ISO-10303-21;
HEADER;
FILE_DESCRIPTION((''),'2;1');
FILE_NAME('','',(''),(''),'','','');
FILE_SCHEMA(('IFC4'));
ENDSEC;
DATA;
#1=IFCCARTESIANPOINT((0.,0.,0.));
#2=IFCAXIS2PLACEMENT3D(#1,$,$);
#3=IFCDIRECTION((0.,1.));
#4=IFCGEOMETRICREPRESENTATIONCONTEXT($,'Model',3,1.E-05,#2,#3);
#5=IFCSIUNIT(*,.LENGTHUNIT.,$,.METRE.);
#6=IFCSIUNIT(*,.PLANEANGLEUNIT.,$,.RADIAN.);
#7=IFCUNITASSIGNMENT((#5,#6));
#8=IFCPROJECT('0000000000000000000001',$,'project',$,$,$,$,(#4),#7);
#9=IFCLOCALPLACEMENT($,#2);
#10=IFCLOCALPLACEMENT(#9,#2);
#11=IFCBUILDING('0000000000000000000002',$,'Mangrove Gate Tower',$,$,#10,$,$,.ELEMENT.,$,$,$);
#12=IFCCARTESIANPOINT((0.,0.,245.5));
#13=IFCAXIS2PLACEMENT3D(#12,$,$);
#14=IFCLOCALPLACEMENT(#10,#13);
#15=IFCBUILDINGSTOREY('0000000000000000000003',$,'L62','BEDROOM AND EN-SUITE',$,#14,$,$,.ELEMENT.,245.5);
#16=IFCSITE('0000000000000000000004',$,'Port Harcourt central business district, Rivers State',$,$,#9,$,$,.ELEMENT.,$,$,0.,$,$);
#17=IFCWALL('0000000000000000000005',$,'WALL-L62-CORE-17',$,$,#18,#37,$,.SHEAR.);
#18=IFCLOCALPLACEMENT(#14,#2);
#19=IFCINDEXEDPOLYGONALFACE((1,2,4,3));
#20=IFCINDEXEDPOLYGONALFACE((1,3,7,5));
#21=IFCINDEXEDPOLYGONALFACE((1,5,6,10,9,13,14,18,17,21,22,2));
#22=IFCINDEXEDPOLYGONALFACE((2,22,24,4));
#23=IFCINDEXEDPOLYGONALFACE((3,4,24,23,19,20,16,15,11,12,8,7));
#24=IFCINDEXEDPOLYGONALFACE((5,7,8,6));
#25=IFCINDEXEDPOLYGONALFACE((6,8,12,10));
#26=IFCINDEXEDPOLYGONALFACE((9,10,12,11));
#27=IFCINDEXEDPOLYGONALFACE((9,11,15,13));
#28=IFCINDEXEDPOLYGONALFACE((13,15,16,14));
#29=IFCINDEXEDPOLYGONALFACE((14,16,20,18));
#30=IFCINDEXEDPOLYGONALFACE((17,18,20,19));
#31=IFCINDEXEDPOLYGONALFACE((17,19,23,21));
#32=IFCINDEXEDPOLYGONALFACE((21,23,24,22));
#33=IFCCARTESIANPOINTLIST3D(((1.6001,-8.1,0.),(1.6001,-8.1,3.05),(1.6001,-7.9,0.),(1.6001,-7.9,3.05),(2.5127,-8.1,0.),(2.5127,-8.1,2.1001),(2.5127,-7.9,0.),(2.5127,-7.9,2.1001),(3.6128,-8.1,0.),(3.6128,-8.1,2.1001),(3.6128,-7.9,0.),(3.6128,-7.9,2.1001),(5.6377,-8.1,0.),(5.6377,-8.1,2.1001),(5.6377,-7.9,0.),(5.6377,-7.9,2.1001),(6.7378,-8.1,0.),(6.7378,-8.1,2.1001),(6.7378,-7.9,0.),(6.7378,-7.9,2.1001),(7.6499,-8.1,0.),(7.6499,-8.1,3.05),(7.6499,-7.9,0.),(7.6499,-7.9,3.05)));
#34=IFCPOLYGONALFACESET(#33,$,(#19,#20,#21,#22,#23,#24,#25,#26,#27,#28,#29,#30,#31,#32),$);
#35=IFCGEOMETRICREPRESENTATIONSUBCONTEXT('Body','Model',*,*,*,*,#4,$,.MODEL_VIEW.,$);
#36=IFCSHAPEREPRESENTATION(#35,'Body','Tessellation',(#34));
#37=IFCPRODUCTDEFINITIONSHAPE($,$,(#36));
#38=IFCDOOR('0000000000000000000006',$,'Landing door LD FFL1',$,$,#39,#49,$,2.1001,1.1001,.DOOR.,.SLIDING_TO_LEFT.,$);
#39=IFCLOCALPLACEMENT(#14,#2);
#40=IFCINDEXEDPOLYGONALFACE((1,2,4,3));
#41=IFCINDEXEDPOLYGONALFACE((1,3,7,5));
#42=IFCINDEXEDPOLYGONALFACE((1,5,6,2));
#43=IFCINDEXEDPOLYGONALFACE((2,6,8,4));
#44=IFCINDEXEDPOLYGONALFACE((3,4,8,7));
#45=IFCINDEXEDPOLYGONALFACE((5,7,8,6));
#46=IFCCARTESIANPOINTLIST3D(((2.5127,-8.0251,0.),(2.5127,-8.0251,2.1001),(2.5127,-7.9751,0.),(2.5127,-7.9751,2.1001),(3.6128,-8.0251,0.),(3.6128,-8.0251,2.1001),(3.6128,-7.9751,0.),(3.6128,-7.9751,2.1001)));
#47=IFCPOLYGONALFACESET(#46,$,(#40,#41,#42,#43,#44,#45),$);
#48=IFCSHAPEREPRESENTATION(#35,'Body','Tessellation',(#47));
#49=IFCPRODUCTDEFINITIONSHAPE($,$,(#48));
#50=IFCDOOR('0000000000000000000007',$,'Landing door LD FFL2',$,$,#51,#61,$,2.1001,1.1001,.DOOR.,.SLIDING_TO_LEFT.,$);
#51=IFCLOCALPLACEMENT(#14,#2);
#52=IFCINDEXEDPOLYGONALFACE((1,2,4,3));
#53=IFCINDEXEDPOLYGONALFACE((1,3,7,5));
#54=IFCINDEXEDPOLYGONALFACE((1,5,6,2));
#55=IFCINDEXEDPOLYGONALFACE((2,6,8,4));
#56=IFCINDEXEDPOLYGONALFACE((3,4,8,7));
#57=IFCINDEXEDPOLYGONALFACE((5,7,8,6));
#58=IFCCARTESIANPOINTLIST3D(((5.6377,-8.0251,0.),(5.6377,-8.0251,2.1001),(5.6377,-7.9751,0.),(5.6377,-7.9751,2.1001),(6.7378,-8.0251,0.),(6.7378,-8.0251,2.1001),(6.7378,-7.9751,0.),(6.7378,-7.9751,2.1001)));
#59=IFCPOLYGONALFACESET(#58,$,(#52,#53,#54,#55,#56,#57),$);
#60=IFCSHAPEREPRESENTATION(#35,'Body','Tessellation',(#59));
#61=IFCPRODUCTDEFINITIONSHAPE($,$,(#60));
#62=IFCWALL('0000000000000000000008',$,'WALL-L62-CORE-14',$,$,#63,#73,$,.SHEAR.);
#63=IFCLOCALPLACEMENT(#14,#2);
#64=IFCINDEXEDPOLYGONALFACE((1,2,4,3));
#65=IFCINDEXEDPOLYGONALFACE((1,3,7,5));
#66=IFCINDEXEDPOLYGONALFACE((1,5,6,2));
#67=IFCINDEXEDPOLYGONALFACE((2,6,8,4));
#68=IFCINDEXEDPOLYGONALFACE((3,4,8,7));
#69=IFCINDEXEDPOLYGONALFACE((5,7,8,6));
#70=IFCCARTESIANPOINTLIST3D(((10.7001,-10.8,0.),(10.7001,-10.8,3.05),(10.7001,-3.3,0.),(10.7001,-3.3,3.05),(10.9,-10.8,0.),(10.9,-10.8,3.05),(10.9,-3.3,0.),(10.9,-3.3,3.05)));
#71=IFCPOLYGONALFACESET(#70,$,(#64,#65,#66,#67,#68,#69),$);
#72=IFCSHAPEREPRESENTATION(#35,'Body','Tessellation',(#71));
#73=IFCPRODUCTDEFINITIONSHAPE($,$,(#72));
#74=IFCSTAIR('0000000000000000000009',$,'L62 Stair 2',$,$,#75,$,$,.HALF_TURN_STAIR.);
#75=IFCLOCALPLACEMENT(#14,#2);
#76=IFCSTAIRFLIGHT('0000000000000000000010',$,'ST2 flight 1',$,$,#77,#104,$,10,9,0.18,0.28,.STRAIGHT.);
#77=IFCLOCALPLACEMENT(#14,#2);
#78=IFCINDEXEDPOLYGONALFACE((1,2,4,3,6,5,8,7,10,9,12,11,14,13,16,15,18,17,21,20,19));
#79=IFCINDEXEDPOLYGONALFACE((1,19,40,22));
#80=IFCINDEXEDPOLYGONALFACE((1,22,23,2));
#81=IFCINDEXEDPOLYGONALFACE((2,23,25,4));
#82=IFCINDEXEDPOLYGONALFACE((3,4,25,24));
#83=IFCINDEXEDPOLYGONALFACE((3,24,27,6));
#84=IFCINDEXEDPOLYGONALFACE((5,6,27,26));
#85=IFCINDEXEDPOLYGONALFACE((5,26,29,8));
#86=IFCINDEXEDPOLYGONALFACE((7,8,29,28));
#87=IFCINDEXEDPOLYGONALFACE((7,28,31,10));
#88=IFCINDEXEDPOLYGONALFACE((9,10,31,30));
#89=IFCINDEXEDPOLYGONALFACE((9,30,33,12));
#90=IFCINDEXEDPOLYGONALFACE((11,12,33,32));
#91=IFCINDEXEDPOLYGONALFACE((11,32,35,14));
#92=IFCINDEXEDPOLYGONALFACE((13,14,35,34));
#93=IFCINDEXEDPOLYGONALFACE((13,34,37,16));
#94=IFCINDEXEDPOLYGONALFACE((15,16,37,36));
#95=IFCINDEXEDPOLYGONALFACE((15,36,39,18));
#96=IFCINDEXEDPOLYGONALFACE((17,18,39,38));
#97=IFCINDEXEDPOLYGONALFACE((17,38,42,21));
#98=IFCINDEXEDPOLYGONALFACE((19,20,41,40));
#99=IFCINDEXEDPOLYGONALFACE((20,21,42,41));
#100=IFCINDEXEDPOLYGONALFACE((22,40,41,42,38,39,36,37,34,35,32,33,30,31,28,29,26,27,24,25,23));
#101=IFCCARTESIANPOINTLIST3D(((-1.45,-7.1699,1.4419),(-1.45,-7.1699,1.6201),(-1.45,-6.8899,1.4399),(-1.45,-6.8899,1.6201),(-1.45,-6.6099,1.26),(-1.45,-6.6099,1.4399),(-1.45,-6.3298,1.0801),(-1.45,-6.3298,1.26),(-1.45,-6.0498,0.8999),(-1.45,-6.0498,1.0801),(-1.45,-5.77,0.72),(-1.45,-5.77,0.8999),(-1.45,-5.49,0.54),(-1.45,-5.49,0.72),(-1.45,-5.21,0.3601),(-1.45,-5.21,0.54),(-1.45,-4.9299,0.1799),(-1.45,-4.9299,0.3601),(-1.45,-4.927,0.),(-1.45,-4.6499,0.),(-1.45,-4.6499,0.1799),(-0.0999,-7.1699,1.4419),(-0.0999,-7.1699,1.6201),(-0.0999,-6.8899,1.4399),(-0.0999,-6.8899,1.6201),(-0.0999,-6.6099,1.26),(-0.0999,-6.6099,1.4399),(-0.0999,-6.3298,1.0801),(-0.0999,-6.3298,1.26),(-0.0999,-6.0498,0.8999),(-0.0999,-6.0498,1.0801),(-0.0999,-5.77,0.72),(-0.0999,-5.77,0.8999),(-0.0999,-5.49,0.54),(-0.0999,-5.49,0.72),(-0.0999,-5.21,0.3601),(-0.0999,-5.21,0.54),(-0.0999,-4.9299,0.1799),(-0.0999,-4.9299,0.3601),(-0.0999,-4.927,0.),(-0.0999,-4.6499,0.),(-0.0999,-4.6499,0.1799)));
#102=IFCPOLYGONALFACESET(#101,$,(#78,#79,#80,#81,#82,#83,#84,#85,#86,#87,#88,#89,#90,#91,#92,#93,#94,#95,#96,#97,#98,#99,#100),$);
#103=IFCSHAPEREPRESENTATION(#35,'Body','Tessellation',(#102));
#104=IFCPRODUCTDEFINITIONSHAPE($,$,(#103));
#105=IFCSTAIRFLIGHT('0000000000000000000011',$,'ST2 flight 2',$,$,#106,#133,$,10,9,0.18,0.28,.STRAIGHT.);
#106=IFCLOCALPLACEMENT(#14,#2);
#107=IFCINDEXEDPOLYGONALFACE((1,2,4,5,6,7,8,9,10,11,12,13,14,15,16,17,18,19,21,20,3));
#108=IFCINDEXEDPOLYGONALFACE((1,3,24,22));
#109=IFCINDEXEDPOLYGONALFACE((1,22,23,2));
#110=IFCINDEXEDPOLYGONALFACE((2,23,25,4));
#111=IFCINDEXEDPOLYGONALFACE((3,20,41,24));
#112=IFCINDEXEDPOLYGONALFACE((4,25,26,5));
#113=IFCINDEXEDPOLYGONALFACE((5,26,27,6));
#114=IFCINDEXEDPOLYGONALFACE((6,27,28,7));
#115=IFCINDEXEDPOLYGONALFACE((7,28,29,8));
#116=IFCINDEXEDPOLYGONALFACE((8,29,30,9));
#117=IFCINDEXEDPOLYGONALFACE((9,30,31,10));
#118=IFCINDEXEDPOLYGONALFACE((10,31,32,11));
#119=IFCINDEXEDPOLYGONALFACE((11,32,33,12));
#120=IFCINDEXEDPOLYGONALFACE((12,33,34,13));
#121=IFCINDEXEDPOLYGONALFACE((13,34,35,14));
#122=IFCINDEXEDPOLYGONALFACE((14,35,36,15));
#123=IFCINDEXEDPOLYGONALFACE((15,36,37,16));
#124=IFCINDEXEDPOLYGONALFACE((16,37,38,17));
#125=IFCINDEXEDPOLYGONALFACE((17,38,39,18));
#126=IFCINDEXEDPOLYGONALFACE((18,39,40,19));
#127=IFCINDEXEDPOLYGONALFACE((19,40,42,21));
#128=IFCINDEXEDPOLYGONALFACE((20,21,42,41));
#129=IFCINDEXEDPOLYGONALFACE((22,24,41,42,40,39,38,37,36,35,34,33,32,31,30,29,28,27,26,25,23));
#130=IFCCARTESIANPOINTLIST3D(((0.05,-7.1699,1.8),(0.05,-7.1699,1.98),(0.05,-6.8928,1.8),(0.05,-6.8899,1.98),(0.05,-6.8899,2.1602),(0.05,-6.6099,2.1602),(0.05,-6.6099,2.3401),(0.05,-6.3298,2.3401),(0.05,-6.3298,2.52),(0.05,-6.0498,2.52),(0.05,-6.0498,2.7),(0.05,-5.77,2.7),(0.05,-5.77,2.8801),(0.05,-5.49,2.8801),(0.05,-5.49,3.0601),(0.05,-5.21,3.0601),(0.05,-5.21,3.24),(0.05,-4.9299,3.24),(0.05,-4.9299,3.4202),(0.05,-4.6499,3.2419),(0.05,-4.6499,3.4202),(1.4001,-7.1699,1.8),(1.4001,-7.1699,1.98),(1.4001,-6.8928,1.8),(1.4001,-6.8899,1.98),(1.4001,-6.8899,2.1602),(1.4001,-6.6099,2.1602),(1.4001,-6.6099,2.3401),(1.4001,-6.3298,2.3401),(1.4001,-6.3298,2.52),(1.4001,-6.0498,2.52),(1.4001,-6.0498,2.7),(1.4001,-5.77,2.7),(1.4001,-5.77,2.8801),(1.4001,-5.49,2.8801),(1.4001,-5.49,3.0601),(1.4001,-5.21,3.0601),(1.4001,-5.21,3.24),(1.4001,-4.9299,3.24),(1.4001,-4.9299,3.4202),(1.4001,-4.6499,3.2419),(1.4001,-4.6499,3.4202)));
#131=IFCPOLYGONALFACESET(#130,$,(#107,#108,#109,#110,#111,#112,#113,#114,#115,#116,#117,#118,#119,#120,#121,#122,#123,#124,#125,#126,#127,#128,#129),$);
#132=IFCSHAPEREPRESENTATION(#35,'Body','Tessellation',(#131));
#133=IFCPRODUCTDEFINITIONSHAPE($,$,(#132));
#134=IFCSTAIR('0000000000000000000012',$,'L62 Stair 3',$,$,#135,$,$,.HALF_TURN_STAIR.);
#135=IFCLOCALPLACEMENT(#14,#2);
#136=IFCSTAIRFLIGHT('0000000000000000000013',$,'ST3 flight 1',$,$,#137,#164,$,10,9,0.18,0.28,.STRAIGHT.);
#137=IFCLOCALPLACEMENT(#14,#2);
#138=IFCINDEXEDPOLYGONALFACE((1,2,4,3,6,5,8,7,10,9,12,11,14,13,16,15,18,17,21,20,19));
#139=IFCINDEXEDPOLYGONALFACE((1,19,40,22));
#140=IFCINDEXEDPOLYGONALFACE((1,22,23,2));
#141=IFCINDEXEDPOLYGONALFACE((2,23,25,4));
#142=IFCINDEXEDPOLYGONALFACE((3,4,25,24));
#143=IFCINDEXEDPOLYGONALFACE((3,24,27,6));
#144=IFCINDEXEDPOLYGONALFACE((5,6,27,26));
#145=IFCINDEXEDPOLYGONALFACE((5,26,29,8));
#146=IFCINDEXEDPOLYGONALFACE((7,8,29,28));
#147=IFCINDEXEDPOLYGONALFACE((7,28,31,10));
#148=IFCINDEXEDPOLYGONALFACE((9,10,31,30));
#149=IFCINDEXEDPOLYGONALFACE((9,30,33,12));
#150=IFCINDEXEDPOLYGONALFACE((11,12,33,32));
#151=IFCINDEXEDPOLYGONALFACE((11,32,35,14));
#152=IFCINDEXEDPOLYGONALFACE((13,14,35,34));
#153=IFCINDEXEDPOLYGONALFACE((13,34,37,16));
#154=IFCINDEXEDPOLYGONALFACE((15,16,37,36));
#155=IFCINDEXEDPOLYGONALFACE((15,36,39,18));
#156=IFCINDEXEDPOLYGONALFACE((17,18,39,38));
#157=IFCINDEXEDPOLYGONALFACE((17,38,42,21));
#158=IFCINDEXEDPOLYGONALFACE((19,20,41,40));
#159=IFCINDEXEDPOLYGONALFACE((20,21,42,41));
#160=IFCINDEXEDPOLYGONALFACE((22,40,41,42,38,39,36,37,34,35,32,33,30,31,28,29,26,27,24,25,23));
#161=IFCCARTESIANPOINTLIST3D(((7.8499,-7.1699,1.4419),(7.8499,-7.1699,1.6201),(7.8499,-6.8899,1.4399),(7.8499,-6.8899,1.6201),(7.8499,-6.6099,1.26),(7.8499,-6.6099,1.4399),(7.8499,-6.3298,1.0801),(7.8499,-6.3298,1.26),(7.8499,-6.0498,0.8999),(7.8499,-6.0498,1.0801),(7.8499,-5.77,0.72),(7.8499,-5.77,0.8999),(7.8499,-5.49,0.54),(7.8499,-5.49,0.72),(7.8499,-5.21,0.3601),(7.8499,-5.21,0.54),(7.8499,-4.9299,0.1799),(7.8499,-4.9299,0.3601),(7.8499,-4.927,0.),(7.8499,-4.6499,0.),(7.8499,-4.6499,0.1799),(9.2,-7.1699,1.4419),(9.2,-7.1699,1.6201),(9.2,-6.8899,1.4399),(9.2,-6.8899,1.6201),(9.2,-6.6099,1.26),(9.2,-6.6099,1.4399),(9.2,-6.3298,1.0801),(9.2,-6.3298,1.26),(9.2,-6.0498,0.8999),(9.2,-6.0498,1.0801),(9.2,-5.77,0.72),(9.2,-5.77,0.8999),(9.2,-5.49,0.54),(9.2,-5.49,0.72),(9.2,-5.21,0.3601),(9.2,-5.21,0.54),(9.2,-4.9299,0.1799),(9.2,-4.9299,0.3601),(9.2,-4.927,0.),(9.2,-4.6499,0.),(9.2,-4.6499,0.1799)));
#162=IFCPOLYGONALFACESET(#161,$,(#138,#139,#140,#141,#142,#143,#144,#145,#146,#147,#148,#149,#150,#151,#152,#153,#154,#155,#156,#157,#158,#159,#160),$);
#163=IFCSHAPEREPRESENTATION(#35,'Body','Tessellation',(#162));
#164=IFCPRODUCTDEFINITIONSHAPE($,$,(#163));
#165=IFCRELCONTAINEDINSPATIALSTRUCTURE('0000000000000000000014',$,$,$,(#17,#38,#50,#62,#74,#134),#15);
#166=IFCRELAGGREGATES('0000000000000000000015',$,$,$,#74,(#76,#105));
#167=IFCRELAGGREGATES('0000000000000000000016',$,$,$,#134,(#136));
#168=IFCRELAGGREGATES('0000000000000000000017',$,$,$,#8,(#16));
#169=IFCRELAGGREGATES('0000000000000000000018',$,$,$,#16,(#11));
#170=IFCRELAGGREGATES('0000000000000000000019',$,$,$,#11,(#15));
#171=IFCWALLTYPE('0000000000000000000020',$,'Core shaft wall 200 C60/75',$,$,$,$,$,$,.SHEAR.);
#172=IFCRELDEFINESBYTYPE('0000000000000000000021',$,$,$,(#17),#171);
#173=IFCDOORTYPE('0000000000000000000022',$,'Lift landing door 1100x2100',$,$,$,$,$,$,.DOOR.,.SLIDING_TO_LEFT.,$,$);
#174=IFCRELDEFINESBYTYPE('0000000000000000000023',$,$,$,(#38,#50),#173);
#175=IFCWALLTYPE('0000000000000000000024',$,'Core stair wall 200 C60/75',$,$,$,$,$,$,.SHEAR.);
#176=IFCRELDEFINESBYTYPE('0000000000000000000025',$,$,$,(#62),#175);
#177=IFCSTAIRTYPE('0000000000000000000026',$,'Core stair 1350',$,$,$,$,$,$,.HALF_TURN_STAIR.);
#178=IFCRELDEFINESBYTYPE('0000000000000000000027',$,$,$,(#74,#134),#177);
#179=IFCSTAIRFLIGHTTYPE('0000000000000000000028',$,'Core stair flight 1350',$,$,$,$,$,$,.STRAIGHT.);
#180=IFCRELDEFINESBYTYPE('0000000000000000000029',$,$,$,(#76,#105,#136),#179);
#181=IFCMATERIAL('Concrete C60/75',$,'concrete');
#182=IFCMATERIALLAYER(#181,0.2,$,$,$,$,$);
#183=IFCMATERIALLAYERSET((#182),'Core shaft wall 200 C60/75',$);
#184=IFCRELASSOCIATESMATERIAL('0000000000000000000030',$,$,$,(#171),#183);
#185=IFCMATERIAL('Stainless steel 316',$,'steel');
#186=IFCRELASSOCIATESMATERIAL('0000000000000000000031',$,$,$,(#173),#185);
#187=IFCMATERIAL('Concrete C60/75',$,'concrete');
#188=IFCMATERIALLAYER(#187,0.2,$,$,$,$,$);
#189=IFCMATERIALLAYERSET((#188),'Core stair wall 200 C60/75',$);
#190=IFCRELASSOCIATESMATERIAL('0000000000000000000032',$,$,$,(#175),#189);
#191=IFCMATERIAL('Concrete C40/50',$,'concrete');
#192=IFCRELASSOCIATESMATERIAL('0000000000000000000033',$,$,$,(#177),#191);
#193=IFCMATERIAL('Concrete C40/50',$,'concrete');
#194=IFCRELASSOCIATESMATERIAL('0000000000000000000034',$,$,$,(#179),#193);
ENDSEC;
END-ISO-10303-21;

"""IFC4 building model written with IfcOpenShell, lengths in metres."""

from ifc_helpers import new_model, si_unit, direction, frame, frame_2d, origin, place, context, subcontext, project, spatial, polyline, rectangle, outline, extrude, material, layer, layer_set, type_object, element, fill, aggregate, save


model = new_model("IFC4")

# Units and contexts
model_context = context("Model", 3, precision=1e-05, world=origin(), true_north=direction((0.0, 1.0)))
body_context = subcontext(model_context, "Body", "Model", "MODEL_VIEW")
ifc_project = project(units=[si_unit("LENGTHUNIT", "METRE"), si_unit("PLANEANGLEUNIT", "RADIAN")], contexts=[model_context])

# Site, building, storey
site_placement = place(None, origin())
site = spatial("IfcSite", under=ifc_project, at=site_placement, Name="Port Harcourt central business district, Rivers State", CompositionType="ELEMENT", RefElevation=0.0)
building_placement = place(site_placement, origin())
building = spatial("IfcBuilding", under=site, at=building_placement, Name="Mangrove Gate Tower", CompositionType="ELEMENT")
storey_placement = place(building_placement, frame((0.0, 0.0, 245.5)))
storey = spatial("IfcBuildingStorey", under=building, at=storey_placement, Name="L62", Description="BEDROOM AND EN-SUITE", CompositionType="ELEMENT", Elevation=245.5)

# Wall, openings, doors
ifc_material_1 = material(Name="Concrete C60/75", Category="concrete")
ifc_layer_1 = layer(ifc_material_1, 0.2)
ifc_layer_set_1 = layer_set([ifc_layer_1], Name="Core shaft wall 200 C60/75")
wall_type_1 = type_object("IfcWallType", Name="Core shaft wall 200 C60/75", PredefinedType="SHEAR", material=ifc_layer_set_1)
wall_1_placement = place(storey_placement, frame((1.6001, -8.0, 0.0), z_axis=(0.0, 0.0, 1.0), x_axis=(1.0, 0.0, 0.0)))
wall_1 = element("IfcWall", 1, at=wall_1_placement, inside=storey, type_object=wall_type_1, Name="WALL-L62-CORE-17", PredefinedType="SHEAR", context=body_context, shape_type="SweptSolid", body=[
    extrude(rectangle(XDim=6.0498, YDim=0.2, at=frame_2d((3.0249, 0.0))), origin(), (0.0, 0.0, 1.0), 3.05),
])
opening_1_placement = place(wall_1_placement, frame((0.9126, 0.0, 0.0)))
opening_1 = element("IfcOpeningElement", 2, at=opening_1_placement, cuts=wall_1, PredefinedType="OPENING", context=body_context, shape_type="SweptSolid", body=[
    extrude(rectangle(XDim=1.1001, YDim=2.1001, at=frame_2d((0.55, 1.05))), frame((0.0, 0.1099, 0.0), z_axis=(0.0, -1.0, 0.0), x_axis=(1.0, 0.0, 0.0)), (0.0, 0.0, 1.0), 0.22),
])
opening_2_placement = place(wall_1_placement, frame((4.0376, 0.0, 0.0)))
opening_2 = element("IfcOpeningElement", 3, at=opening_2_placement, cuts=wall_1, PredefinedType="OPENING", context=body_context, shape_type="SweptSolid", body=[
    extrude(rectangle(XDim=1.1001, YDim=2.1001, at=frame_2d((0.55, 1.05))), frame((0.0, 0.1099, 0.0), z_axis=(0.0, -1.0, 0.0), x_axis=(1.0, 0.0, 0.0)), (0.0, 0.0, 1.0), 0.22),
])
ifc_material_2 = material(Name="Stainless steel 316", Category="steel")
door_type = type_object("IfcDoorType", Name="Lift landing door 1100x2100", OperationType="SLIDING_TO_LEFT", PredefinedType="DOOR", material=ifc_material_2)
door_1_placement = place(opening_1_placement, origin())
door_1 = element("IfcDoor", 4, at=door_1_placement, inside=storey, type_object=door_type, Name="Landing door LD FFL1", OperationType="SLIDING_TO_LEFT", OverallHeight=2.1001, OverallWidth=1.1001, PredefinedType="DOOR", context=body_context, shape_type="SweptSolid", body=[
    extrude(rectangle(XDim=1.1001, YDim=2.1001, at=frame_2d((0.55, 1.05))), frame((0.0, 0.0249, 0.0), z_axis=(0.0, -1.0, 0.0), x_axis=(1.0, 0.0, 0.0)), (0.0, 0.0, 1.0), 0.05),
])
fill(opening_1, door_1)
door_2_placement = place(opening_2_placement, origin())
door_2 = element("IfcDoor", 5, at=door_2_placement, inside=storey, type_object=door_type, Name="Landing door LD FFL2", OperationType="SLIDING_TO_LEFT", OverallHeight=2.1001, OverallWidth=1.1001, PredefinedType="DOOR", context=body_context, shape_type="SweptSolid", body=[
    extrude(rectangle(XDim=1.1001, YDim=2.1001, at=frame_2d((0.55, 1.05))), frame((0.0, 0.0249, 0.0), z_axis=(0.0, -1.0, 0.0), x_axis=(1.0, 0.0, 0.0)), (0.0, 0.0, 1.0), 0.05),
])
fill(opening_2, door_2)

# Wall
ifc_material_3 = material(Name="Concrete C60/75", Category="concrete")
ifc_layer_2 = layer(ifc_material_3, 0.2)
ifc_layer_set_2 = layer_set([ifc_layer_2], Name="Core stair wall 200 C60/75")
wall_type_2 = type_object("IfcWallType", Name="Core stair wall 200 C60/75", PredefinedType="SHEAR", material=ifc_layer_set_2)
wall_2_placement = place(storey_placement, frame((10.8, -10.8, 0.0), z_axis=(0.0, 0.0, 1.0), x_axis=(0.0, 1.0, 0.0)))
element("IfcWall", 6, at=wall_2_placement, inside=storey, type_object=wall_type_2, Name="WALL-L62-CORE-14", PredefinedType="SHEAR", context=body_context, shape_type="SweptSolid", body=[
    extrude(rectangle(XDim=7.5, YDim=0.2, at=frame_2d((3.75, 0.0))), origin(), (0.0, 0.0, 1.0), 3.05),
])

# Stairs, stair flights
ifc_material_4 = material(Name="Concrete C40/50", Category="concrete")
stair_type = type_object("IfcStairType", Name="Core stair 1350", PredefinedType="HALF_TURN_STAIR", material=ifc_material_4)
stair_1_placement = place(storey_placement, origin())
stair_1 = element("IfcStair", 7, at=stair_1_placement, inside=storey, type_object=stair_type, Name="L62 Stair 2", PredefinedType="HALF_TURN_STAIR")
ifc_material_5 = material(Name="Concrete C40/50", Category="concrete")
stair_flight_type = type_object("IfcStairFlightType", Name="Core stair flight 1350", PredefinedType="STRAIGHT", material=ifc_material_5)
stair_flight_1_placement = place(storey_placement, frame((-0.7749, -4.6499, 0.0), z_axis=(0.0, 0.0, 1.0), x_axis=(0.0, -1.0, 0.0)))
stair_flight_1 = element("IfcStairFlight", 8, at=stair_flight_1_placement, type_object=stair_flight_type, Name="ST2 flight 1", NumberOfRisers=10, NumberOfTreads=9, PredefinedType="STRAIGHT", RiserHeight=0.18, TreadLength=0.28, context=body_context, shape_type="SweptSolid", body=[
    extrude(outline(polyline([(0.0, 0.0), (0.0, 0.1799), (0.28, 0.1799), (0.28, 0.3601), (0.5601, 0.3601), (0.5601, 0.54), (0.8401, 0.54), (0.8401, 0.72), (1.1201, 0.72), (1.1201, 0.8999), (1.3999, 0.8999), (1.3999, 1.0801), (1.6799, 1.0801), (1.6799, 1.26), (1.96, 1.26), (1.96, 1.4399), (2.24, 1.4399), (2.24, 1.6201), (2.52, 1.6201), (2.52, 1.8), (2.52, 1.4419), (0.2771, 0.0), (0.0, 0.0)])), frame((0.0, 0.675, 0.0), z_axis=(0.0, -1.0, 0.0), x_axis=(1.0, 0.0, 0.0)), (0.0, 0.0, 1.0), 1.3501),
])
stair_flight_2_placement = place(storey_placement, frame((0.7251, -7.1699, 1.8), z_axis=(0.0, 0.0, 1.0), x_axis=(0.0, 1.0, 0.0)))
stair_flight_2 = element("IfcStairFlight", 9, at=stair_flight_2_placement, type_object=stair_flight_type, Name="ST2 flight 2", NumberOfRisers=10, NumberOfTreads=9, PredefinedType="STRAIGHT", RiserHeight=0.18, TreadLength=0.28, context=body_context, shape_type="SweptSolid", body=[
    extrude(outline(polyline([(0.0, 0.0), (0.0, 0.1799), (0.28, 0.1799), (0.28, 0.3601), (0.5601, 0.3601), (0.5601, 0.54), (0.8401, 0.54), (0.8401, 0.72), (1.1201, 0.72), (1.1201, 0.8999), (1.3999, 0.8999), (1.3999, 1.0801), (1.6799, 1.0801), (1.6799, 1.26), (1.96, 1.26), (1.96, 1.4399), (2.24, 1.4399), (2.24, 1.6201), (2.52, 1.6201), (2.52, 1.8), (2.52, 1.4419), (0.2771, 0.0), (0.0, 0.0)])), frame((0.0, 0.675, 0.0), z_axis=(0.0, -1.0, 0.0), x_axis=(1.0, 0.0, 0.0)), (0.0, 0.0, 1.0), 1.3501),
])
aggregate(stair_1, [stair_flight_1, stair_flight_2])
stair_2_placement = place(storey_placement, origin())
stair_2 = element("IfcStair", 10, at=stair_2_placement, inside=storey, type_object=stair_type, Name="L62 Stair 3", PredefinedType="HALF_TURN_STAIR")
stair_flight_3_placement = place(storey_placement, frame((8.5249, -4.6499, 0.0), z_axis=(0.0, 0.0, 1.0), x_axis=(0.0, -1.0, 0.0)))
stair_flight_3 = element("IfcStairFlight", 11, at=stair_flight_3_placement, type_object=stair_flight_type, Name="ST3 flight 1", NumberOfRisers=10, NumberOfTreads=9, PredefinedType="STRAIGHT", RiserHeight=0.18, TreadLength=0.28, context=body_context, shape_type="SweptSolid", body=[
    extrude(outline(polyline([(0.0, 0.0), (0.0, 0.1799), (0.28, 0.1799), (0.28, 0.3601), (0.5601, 0.3601), (0.5601, 0.54), (0.8401, 0.54), (0.8401, 0.72), (1.1201, 0.72), (1.1201, 0.8999), (1.3999, 0.8999), (1.3999, 1.0801), (1.6799, 1.0801), (1.6799, 1.26), (1.96, 1.26), (1.96, 1.4399), (2.24, 1.4399), (2.24, 1.6201), (2.52, 1.6201), (2.52, 1.8), (2.52, 1.4419), (0.2771, 0.0), (0.0, 0.0)])), frame((0.0, 0.675, 0.0), z_axis=(0.0, -1.0, 0.0), x_axis=(1.0, 0.0, 0.0)), (0.0, 0.0, 1.0), 1.3501),
])
aggregate(stair_2, [stair_flight_3])

save(model, "model.ifc")
